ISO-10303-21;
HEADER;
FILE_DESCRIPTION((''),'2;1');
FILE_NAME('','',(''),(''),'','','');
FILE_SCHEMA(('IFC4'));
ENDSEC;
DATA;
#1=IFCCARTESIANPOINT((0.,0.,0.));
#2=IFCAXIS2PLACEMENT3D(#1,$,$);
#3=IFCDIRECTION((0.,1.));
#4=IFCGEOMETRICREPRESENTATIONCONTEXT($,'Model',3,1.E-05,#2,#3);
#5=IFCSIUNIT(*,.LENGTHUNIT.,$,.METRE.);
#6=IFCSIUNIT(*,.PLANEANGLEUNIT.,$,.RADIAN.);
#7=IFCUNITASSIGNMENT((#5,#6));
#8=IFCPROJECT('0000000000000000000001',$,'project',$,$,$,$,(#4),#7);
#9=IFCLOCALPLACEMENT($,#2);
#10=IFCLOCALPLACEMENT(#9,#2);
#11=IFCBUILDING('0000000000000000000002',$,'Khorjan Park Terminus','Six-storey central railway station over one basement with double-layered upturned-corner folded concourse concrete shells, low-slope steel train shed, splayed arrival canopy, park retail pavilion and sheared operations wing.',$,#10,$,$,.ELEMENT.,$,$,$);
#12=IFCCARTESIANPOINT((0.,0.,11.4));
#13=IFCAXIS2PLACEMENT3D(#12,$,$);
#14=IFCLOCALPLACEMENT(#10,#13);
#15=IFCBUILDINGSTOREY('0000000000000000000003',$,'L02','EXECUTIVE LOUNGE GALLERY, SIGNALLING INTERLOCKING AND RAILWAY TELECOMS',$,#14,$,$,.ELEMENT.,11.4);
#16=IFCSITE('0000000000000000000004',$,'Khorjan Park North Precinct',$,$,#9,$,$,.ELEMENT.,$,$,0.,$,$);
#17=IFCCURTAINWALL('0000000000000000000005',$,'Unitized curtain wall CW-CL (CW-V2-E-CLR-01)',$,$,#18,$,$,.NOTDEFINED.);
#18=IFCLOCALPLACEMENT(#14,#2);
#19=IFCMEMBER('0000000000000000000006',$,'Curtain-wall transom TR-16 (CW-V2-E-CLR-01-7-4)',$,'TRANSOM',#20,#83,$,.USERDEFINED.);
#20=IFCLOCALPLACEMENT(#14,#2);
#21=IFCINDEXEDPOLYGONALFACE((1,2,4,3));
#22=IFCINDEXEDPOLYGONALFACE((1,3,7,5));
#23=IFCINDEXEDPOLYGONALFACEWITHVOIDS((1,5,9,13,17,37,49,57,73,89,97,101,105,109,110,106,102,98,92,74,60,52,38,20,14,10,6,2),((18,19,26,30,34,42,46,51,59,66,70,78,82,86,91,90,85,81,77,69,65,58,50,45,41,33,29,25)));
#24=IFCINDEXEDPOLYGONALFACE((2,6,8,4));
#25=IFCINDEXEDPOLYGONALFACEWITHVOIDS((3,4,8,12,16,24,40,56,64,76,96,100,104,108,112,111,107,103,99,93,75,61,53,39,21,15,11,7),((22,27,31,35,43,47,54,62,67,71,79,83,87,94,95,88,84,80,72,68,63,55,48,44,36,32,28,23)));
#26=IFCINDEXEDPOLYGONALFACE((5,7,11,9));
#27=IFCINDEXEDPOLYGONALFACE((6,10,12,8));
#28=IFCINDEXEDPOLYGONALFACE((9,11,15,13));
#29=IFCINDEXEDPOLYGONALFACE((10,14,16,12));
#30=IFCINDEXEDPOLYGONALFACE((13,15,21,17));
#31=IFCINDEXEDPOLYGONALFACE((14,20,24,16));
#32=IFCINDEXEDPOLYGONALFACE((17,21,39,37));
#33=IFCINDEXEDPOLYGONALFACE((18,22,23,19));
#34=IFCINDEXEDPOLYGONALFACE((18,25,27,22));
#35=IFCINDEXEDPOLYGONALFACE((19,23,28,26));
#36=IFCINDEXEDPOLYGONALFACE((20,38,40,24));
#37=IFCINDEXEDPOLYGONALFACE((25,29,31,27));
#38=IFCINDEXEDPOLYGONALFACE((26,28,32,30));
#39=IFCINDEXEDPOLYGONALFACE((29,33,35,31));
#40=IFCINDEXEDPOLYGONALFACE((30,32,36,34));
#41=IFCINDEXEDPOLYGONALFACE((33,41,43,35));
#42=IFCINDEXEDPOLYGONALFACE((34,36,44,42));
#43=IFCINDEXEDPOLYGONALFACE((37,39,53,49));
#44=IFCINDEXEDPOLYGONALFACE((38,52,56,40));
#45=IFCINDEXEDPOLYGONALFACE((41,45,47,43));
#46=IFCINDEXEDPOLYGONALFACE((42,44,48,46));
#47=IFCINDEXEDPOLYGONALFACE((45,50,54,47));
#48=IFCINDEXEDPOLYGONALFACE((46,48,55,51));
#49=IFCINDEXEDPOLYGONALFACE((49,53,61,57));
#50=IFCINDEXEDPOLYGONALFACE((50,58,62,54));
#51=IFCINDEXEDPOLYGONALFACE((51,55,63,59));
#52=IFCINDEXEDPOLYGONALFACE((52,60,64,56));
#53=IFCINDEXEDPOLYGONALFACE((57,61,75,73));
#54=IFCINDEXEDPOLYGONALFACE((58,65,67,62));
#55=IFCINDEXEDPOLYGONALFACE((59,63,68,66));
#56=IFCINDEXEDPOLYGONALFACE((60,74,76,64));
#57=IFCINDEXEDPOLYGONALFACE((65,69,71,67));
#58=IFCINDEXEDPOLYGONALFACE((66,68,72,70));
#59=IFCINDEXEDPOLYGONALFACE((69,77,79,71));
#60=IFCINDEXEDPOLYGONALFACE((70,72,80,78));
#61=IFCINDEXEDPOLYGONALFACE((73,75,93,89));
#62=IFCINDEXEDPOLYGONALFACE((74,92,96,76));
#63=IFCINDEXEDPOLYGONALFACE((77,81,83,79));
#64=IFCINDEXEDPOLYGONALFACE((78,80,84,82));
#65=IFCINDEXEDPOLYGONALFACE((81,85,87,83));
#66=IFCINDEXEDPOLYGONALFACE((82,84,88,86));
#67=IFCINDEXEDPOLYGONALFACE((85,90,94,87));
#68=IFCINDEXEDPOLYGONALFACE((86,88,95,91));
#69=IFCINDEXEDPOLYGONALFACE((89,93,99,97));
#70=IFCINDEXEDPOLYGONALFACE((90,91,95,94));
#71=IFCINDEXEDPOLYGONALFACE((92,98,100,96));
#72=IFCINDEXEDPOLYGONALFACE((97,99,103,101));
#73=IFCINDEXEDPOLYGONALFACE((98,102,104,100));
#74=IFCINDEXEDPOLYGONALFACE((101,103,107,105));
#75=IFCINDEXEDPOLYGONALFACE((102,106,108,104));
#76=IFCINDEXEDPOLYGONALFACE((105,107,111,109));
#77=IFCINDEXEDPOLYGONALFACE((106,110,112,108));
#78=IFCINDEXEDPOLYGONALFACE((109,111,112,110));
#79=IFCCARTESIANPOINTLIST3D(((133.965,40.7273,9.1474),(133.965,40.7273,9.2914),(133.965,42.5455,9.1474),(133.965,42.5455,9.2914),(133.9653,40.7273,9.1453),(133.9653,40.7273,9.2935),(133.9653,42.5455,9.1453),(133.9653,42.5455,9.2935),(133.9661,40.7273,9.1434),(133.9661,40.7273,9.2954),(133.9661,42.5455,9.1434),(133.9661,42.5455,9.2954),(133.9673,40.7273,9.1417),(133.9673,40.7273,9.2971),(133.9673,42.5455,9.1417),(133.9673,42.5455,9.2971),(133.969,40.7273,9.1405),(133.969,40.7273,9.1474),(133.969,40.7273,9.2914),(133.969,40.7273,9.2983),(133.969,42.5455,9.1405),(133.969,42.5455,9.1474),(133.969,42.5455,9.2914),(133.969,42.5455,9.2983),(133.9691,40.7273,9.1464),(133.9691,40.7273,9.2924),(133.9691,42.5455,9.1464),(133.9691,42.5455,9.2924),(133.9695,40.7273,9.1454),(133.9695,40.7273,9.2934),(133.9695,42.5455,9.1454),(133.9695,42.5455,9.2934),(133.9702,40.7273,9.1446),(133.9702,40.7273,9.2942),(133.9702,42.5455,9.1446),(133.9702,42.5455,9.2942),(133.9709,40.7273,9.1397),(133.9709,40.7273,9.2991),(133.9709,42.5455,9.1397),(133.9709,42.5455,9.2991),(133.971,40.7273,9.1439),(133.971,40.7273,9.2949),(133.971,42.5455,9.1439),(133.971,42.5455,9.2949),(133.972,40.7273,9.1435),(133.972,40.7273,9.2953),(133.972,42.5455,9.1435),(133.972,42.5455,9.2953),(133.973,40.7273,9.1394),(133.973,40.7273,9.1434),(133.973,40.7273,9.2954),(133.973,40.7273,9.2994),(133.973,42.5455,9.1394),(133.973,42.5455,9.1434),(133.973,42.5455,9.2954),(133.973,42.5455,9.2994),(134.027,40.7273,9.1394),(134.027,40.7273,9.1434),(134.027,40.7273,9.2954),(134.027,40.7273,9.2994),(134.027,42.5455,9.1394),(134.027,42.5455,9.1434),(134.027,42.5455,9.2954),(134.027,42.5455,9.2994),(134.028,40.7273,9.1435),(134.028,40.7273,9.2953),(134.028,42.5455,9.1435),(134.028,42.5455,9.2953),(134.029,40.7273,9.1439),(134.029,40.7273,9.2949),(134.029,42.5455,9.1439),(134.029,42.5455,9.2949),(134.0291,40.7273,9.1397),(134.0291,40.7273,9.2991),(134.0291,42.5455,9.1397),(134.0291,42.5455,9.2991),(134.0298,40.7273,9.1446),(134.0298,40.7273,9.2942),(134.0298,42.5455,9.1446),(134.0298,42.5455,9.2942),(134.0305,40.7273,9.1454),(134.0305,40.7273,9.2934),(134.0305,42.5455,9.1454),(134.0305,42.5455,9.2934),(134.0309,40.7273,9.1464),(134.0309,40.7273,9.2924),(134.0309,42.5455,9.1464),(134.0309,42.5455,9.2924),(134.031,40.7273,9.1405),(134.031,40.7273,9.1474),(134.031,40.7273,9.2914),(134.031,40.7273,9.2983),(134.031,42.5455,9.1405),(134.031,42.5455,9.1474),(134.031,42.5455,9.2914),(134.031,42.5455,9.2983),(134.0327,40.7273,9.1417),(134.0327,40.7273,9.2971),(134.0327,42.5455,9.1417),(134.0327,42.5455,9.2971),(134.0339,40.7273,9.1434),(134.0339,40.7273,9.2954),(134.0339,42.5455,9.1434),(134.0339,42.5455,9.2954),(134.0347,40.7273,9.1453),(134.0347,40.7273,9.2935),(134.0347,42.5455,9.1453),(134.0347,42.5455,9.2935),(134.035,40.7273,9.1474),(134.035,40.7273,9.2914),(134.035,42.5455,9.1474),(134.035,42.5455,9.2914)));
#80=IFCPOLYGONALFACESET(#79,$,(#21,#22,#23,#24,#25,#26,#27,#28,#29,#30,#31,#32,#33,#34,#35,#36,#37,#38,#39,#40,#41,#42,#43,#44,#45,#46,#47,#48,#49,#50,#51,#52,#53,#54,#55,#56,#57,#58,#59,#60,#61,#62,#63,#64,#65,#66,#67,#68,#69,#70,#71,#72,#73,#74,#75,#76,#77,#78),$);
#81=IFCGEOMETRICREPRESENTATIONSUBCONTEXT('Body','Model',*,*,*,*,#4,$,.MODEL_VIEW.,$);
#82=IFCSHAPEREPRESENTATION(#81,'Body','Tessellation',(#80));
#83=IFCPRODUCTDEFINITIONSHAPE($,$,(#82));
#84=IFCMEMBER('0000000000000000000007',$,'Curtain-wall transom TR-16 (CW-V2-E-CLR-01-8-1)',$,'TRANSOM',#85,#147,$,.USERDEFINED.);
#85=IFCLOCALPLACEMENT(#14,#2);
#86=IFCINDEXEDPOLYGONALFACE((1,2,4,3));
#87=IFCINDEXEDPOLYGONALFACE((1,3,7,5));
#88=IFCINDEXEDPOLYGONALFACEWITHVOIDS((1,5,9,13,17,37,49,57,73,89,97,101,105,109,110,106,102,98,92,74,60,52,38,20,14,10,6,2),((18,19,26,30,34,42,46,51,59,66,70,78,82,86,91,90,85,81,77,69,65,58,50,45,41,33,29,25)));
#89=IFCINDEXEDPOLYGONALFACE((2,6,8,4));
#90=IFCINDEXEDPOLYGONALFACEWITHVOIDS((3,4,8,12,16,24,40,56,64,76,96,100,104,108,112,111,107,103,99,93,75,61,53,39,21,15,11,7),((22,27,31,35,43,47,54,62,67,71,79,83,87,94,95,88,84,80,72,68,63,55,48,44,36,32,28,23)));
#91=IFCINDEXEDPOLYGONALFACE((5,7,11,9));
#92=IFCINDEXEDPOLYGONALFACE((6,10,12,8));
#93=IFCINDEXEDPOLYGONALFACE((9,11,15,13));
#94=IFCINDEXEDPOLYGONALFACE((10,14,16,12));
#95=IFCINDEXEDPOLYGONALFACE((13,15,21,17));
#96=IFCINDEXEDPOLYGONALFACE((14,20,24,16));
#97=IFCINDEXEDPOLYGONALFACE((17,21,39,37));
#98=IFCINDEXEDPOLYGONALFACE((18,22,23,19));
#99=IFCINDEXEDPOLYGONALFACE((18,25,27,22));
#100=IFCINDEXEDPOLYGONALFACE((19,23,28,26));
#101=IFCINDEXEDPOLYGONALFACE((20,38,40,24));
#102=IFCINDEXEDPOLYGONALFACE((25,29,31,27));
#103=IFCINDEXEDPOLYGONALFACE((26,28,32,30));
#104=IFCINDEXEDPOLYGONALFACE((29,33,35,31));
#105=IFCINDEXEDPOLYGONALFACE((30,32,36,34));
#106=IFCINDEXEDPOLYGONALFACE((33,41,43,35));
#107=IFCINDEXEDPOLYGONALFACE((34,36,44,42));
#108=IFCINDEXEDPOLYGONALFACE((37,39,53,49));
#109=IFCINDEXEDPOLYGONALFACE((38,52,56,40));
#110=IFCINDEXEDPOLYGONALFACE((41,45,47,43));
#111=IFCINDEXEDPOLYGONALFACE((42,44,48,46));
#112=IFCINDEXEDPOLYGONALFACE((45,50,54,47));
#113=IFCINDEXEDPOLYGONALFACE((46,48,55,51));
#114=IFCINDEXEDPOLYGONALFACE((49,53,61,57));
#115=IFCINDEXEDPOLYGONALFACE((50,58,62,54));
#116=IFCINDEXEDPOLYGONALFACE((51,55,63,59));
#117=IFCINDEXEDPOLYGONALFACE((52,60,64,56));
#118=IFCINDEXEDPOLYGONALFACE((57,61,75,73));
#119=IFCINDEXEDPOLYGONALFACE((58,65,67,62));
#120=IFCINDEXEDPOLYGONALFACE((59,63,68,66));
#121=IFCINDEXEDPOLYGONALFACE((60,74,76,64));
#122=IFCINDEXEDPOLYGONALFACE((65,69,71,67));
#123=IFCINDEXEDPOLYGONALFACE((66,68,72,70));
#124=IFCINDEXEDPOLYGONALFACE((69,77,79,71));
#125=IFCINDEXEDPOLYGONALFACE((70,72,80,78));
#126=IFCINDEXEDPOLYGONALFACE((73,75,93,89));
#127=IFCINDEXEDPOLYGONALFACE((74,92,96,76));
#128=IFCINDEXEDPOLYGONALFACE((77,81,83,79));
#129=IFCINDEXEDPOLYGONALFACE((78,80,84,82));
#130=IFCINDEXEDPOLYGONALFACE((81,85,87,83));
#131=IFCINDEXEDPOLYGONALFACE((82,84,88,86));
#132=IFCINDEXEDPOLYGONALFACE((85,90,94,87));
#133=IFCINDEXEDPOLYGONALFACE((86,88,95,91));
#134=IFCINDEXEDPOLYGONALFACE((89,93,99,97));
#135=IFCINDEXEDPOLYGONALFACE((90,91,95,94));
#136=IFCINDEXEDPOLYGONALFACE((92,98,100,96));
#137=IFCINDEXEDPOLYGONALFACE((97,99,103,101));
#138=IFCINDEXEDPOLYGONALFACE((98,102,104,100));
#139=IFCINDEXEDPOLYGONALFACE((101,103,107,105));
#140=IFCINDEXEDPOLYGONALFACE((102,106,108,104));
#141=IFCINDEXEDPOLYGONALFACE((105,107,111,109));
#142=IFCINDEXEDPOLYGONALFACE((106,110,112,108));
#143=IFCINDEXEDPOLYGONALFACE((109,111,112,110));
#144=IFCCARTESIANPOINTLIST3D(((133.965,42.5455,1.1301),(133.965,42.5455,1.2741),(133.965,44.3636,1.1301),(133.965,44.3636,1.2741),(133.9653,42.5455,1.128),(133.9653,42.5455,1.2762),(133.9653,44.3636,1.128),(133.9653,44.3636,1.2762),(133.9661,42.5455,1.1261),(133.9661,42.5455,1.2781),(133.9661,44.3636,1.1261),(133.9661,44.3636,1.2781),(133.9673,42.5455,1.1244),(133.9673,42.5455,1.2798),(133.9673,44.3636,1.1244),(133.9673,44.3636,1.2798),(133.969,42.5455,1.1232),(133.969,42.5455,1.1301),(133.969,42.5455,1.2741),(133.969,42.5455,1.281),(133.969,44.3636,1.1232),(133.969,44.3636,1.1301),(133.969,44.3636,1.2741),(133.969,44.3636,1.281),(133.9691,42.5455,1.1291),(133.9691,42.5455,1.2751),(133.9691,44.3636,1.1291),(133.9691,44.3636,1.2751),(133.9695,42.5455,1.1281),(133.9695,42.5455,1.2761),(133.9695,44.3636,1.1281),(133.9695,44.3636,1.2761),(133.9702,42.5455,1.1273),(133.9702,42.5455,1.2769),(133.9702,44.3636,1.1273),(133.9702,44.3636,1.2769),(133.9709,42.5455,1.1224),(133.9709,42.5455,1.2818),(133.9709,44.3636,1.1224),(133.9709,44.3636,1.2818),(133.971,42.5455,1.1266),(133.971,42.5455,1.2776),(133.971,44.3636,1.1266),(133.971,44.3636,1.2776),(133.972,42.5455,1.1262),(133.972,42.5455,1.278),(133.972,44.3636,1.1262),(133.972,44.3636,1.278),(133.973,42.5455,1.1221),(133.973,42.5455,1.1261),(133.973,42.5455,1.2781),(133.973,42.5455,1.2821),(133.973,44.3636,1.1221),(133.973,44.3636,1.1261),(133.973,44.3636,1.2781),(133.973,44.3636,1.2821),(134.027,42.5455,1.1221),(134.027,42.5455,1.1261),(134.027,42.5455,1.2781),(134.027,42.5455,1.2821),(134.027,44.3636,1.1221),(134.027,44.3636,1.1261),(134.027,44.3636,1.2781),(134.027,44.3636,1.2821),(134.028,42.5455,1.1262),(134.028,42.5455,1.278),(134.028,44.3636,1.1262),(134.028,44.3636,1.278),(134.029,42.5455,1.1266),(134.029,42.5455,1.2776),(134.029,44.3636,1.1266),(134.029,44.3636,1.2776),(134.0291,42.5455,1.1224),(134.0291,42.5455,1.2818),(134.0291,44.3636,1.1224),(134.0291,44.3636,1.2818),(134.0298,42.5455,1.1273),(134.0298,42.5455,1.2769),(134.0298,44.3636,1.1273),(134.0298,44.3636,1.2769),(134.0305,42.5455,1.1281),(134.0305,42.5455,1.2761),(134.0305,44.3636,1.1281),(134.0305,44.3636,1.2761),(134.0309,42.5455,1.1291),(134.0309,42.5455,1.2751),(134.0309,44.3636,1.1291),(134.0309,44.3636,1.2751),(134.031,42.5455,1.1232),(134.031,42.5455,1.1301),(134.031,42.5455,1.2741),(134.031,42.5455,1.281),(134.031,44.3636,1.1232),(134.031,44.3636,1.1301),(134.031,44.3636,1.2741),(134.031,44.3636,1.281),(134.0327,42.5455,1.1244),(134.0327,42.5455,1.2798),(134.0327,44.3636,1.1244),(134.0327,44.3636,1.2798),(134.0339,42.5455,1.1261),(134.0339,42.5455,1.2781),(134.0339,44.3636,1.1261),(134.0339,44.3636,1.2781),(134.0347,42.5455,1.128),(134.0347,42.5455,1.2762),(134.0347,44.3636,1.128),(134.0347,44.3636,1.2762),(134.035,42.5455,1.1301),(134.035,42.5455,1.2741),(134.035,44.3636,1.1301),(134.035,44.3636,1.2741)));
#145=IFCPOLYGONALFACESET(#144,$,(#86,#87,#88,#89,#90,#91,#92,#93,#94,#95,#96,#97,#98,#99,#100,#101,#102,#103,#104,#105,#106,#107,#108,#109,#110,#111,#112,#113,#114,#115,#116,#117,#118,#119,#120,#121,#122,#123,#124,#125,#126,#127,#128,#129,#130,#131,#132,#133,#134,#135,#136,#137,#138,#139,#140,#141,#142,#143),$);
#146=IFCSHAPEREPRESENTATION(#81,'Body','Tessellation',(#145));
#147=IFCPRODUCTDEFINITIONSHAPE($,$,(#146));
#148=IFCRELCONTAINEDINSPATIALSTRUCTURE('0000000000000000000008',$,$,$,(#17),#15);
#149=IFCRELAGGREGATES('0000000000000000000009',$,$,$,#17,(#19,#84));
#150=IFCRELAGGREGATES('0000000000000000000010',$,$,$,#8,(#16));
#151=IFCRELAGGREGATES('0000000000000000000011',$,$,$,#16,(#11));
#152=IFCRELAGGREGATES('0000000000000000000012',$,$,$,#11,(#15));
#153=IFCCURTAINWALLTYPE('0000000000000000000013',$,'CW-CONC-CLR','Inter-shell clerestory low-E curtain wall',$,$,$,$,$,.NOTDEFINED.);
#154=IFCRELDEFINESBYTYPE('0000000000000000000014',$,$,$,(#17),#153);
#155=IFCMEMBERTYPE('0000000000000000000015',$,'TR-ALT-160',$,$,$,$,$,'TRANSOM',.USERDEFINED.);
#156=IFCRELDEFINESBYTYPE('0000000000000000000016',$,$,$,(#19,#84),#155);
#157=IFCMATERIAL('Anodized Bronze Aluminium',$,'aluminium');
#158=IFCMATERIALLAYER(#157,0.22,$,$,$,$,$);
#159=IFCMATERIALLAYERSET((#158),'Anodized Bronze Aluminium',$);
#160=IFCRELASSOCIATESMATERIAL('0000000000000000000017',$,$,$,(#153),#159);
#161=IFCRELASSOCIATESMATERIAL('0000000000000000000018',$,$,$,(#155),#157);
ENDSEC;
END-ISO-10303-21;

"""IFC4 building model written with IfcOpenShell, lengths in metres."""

from ifc_helpers import new_model, si_unit, direction, frame, origin, origin_2d, place, context, subcontext, project, spatial, hollow_rectangle, extrude, material, layer, layer_set, material_profile, profile_set, type_object, element, aggregate, save


model = new_model("IFC4")

# Units and contexts
model_context = context("Model", 3, precision=1e-05, world=origin(), true_north=direction((0.0, 1.0)))
body_context = subcontext(model_context, "Body", "Model", "MODEL_VIEW")
ifc_project = project(units=[si_unit("LENGTHUNIT", "METRE"), si_unit("PLANEANGLEUNIT", "RADIAN")], contexts=[model_context])

# Site, building, storey
site_placement = place(None, origin())
site = spatial("IfcSite", under=ifc_project, at=site_placement, Name="Khorjan Park North Precinct", CompositionType="ELEMENT", RefElevation=0.0)
building_placement = place(site_placement, origin())
building = spatial("IfcBuilding", under=site, at=building_placement, Name="Khorjan Park Terminus", Description="Six-storey central railway station over one basement with double-layered upturned-corner folded concourse concrete shells, low-slope steel train shed, splayed arrival canopy, park retail pavilion and sheared operations wing.", CompositionType="ELEMENT")
storey_placement = place(building_placement, frame((0.0, 0.0, 11.4)))
storey = spatial("IfcBuildingStorey", under=building, at=storey_placement, Name="L02", Description="EXECUTIVE LOUNGE GALLERY, SIGNALLING INTERLOCKING AND RAILWAY TELECOMS", CompositionType="ELEMENT", Elevation=11.4)

# Curtain wall, members
ifc_material_1 = material(Name="Anodized Bronze Aluminium", Category="aluminium")
ifc_layer_1 = layer(ifc_material_1, 0.22)
ifc_layer_set_1 = layer_set([ifc_layer_1], Name="Anodized Bronze Aluminium")
curtain_wall_type = type_object("IfcCurtainWallType", Name="CW-CONC-CLR", Description="Inter-shell clerestory low-E curtain wall", PredefinedType="NOTDEFINED", material=ifc_layer_set_1)
curtain_wall_placement = place(storey_placement, origin())
curtain_wall = element("IfcCurtainWall", 1, at=curtain_wall_placement, inside=storey, type_object=curtain_wall_type, Name="Unitized curtain wall CW-CL (CW-V2-E-CLR-01)", PredefinedType="NOTDEFINED")
ifc_material_profile = material_profile(ifc_material_1, hollow_rectangle(XDim=0.07, YDim=0.16, WallThickness=0.004, InnerFilletRadius=0.004, OuterFilletRadius=0.008, at=origin_2d()), Name="ALT 70x160x4")
ifc_profile_set = profile_set([ifc_material_profile], Name="Anodized Bronze Aluminium")
member_type = type_object("IfcMemberType", Name="TR-ALT-160", ElementType="TRANSOM", PredefinedType="USERDEFINED", material=ifc_profile_set)
member_1_placement = place(storey_placement, frame((134.0, 40.7273, 9.2194), z_axis=(0.0, 1.0, 0.0), x_axis=(-1.0, 0.0, 0.0)))
member_1 = element("IfcMember", 2, at=member_1_placement, type_object=member_type, Name="Curtain-wall transom TR-16 (CW-V2-E-CLR-01-7-4)", ObjectType="TRANSOM", PredefinedType="USERDEFINED", context=body_context, shape_type="SweptSolid", body=[
    extrude(hollow_rectangle(XDim=0.07, YDim=0.16, WallThickness=0.004, InnerFilletRadius=0.004, OuterFilletRadius=0.008, at=origin_2d()), origin(), (0.0, 0.0, 1.0), 1.8182),
])
member_2_placement = place(storey_placement, frame((134.0, 42.5455, 1.2021), z_axis=(0.0, 1.0, 0.0), x_axis=(-1.0, 0.0, 0.0)))
member_2 = element("IfcMember", 3, at=member_2_placement, type_object=member_type, Name="Curtain-wall transom TR-16 (CW-V2-E-CLR-01-8-1)", ObjectType="TRANSOM", PredefinedType="USERDEFINED", context=body_context, shape_type="SweptSolid", body=[
    extrude(hollow_rectangle(XDim=0.07, YDim=0.16, WallThickness=0.004, InnerFilletRadius=0.004, OuterFilletRadius=0.008, at=origin_2d()), origin(), (0.0, 0.0, 1.0), 1.8181),
])
aggregate(curtain_wall, [member_1, member_2])

save(model, "model.ifc")
